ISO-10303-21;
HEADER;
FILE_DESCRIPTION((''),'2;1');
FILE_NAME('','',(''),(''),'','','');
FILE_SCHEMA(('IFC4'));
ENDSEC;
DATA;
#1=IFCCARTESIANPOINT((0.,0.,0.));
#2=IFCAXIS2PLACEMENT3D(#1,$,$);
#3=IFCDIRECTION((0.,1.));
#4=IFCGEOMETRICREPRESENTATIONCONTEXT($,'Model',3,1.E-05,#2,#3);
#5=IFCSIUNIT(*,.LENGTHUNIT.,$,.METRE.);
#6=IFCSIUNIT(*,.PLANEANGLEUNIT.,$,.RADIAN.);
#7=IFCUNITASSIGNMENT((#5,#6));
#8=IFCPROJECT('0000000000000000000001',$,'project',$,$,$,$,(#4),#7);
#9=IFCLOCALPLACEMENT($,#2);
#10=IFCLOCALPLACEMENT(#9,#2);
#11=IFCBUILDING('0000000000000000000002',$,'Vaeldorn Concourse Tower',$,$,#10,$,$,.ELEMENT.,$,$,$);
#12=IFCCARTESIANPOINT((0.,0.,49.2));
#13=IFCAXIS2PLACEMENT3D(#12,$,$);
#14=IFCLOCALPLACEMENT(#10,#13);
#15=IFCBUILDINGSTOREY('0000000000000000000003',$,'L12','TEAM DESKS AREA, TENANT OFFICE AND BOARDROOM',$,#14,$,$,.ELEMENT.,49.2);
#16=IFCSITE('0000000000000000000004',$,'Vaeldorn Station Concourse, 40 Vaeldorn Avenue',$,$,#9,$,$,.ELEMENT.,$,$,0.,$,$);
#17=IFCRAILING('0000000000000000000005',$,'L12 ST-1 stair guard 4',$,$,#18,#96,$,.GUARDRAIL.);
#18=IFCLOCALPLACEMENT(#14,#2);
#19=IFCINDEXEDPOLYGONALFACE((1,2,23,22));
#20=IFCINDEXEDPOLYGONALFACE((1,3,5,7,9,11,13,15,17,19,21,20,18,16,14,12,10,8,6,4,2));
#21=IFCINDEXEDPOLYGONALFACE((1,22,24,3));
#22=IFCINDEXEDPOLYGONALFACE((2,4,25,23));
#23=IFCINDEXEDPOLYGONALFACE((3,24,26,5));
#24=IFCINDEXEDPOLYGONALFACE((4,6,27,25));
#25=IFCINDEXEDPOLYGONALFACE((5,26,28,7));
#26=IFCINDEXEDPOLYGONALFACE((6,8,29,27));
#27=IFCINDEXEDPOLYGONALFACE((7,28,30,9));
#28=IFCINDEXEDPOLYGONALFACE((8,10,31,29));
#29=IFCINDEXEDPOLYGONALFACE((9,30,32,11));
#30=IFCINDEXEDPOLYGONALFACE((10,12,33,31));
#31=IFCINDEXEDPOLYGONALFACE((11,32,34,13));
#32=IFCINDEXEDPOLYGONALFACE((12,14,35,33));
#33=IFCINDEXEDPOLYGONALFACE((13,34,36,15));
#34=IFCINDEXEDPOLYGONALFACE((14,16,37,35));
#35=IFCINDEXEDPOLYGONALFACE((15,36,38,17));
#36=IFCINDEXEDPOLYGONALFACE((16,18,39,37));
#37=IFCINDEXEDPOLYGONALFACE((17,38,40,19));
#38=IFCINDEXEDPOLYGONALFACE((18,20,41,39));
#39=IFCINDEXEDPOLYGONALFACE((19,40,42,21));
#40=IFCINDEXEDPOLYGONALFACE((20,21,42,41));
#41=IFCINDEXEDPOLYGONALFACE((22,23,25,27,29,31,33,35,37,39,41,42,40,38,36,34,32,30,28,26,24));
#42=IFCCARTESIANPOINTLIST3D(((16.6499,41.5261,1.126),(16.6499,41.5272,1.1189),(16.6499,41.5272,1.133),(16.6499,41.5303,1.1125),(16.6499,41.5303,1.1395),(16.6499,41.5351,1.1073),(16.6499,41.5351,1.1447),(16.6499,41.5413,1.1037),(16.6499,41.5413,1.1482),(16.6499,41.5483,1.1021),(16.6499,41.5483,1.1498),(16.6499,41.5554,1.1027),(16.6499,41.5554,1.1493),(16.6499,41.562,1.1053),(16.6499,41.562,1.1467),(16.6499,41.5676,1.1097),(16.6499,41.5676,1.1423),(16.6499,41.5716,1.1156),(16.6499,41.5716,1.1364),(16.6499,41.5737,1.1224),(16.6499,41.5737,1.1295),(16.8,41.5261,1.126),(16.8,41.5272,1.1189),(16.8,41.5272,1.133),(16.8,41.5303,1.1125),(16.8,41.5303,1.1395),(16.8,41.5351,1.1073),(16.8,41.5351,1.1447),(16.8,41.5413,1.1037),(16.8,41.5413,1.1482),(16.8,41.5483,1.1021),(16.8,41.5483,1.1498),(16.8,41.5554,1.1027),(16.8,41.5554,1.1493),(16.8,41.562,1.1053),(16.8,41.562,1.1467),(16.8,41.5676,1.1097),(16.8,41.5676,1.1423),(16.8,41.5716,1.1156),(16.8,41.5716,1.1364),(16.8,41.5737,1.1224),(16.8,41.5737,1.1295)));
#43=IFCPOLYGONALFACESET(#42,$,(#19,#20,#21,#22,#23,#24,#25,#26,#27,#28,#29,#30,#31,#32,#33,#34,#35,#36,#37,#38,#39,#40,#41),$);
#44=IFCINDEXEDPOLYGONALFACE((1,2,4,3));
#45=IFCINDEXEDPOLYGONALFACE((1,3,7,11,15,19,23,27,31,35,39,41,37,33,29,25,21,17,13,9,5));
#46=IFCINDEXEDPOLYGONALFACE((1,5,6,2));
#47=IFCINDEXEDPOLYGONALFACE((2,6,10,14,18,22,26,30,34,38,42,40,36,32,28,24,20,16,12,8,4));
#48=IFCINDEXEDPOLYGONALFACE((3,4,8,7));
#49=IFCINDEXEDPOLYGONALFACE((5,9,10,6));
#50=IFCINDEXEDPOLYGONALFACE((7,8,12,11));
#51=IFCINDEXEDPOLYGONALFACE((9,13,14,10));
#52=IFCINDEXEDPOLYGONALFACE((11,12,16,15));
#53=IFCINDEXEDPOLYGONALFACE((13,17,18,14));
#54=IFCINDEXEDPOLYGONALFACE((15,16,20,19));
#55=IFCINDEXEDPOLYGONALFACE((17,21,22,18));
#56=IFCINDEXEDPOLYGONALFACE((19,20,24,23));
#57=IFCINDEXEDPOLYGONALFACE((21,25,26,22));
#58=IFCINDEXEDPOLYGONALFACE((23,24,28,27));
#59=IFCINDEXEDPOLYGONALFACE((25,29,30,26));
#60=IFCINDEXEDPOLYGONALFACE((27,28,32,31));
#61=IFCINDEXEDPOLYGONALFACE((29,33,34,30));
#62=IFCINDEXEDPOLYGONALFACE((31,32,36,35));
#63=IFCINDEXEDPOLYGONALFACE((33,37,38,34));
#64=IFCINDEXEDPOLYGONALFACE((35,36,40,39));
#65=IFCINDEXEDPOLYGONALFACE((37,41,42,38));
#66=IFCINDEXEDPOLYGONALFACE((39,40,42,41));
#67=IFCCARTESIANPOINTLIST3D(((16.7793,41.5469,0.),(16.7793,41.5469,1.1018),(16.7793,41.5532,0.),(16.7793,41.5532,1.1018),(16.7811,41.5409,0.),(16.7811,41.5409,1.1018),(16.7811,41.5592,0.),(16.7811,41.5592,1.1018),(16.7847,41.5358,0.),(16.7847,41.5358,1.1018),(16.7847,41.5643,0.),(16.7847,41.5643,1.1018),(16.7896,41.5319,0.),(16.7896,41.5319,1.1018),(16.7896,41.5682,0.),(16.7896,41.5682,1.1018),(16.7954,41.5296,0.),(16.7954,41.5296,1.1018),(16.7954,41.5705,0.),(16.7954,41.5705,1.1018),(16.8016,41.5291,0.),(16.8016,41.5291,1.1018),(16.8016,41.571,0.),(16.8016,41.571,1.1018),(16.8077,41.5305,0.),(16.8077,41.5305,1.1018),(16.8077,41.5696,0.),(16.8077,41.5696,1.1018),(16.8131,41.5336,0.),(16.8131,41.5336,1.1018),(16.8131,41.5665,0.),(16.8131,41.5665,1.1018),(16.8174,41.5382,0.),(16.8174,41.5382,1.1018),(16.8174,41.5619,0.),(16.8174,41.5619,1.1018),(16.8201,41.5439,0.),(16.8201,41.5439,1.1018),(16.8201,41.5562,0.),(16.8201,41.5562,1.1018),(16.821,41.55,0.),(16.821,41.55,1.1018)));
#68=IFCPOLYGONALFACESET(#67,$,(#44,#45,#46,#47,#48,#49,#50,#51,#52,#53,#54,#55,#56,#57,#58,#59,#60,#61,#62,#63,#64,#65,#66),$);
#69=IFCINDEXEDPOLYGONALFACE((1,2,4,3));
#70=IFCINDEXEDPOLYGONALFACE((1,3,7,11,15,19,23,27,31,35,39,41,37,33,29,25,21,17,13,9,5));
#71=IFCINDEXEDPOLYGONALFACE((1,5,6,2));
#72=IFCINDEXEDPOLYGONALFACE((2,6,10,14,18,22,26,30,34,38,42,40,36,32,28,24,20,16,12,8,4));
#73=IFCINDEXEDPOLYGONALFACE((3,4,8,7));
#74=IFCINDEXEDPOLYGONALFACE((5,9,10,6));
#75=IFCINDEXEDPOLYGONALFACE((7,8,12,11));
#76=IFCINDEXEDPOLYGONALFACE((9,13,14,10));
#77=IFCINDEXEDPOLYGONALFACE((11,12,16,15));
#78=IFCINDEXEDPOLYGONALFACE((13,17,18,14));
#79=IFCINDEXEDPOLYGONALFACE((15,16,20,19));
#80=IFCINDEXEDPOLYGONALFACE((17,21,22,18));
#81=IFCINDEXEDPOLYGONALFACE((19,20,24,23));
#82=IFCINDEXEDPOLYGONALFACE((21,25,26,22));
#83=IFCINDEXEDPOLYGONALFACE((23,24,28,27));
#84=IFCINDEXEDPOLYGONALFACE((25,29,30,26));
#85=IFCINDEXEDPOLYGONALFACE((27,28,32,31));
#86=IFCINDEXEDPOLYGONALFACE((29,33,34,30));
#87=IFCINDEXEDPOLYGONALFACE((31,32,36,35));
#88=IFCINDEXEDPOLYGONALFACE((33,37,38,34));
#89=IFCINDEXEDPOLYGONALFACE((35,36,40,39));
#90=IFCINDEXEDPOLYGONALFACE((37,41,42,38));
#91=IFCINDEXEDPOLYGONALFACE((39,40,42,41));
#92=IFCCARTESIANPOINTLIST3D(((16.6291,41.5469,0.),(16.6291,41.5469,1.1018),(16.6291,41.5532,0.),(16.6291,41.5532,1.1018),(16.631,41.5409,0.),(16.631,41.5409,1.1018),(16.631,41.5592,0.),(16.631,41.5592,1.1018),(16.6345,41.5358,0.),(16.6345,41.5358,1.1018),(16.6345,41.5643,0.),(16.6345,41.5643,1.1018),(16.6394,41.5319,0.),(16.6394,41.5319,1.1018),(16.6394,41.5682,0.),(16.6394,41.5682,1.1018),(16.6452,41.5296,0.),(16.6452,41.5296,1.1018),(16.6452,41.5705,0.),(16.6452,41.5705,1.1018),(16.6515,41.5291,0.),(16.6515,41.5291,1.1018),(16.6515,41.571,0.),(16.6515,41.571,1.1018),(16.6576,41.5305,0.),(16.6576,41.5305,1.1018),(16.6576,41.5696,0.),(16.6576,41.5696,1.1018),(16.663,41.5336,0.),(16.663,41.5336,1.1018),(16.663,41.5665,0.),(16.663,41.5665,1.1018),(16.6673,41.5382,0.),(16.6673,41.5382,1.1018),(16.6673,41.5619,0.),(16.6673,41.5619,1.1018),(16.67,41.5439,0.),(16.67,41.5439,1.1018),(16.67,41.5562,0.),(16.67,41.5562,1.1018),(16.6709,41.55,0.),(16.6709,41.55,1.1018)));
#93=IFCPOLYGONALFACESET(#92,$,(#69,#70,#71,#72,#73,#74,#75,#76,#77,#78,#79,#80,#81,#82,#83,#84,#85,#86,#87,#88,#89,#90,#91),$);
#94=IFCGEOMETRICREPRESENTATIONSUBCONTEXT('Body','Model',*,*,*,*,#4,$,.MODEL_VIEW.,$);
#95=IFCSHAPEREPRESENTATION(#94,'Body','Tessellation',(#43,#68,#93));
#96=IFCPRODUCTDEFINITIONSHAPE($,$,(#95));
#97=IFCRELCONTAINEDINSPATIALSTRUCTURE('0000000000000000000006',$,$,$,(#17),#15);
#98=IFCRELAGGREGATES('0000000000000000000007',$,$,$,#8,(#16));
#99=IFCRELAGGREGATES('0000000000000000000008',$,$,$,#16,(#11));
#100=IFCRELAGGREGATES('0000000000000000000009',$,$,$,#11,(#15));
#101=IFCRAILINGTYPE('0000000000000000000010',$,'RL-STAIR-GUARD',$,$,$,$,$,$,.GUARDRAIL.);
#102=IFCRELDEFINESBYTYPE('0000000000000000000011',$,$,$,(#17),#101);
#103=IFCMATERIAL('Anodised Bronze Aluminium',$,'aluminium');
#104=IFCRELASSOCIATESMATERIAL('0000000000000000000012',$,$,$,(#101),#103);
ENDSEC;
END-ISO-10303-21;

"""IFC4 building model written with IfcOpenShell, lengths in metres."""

from ifc_helpers import new_model, si_unit, direction, frame, origin, origin_2d, place, context, subcontext, project, spatial, circle, extrude, material, type_object, element, save


model = new_model("IFC4")

# Units and contexts
model_context = context("Model", 3, precision=1e-05, world=origin(), true_north=direction((0.0, 1.0)))
body_context = subcontext(model_context, "Body", "Model", "MODEL_VIEW")
ifc_project = project(units=[si_unit("LENGTHUNIT", "METRE"), si_unit("PLANEANGLEUNIT", "RADIAN")], contexts=[model_context])

# Site, building, storey
site_placement = place(None, origin())
site = spatial("IfcSite", under=ifc_project, at=site_placement, Name="Vaeldorn Station Concourse, 40 Vaeldorn Avenue", CompositionType="ELEMENT", RefElevation=0.0)
building_placement = place(site_placement, origin())
building = spatial("IfcBuilding", under=site, at=building_placement, Name="Vaeldorn Concourse Tower", CompositionType="ELEMENT")
storey_placement = place(building_placement, frame((0.0, 0.0, 49.2)))
storey = spatial("IfcBuildingStorey", under=building, at=storey_placement, Name="L12", Description="TEAM DESKS AREA, TENANT OFFICE AND BOARDROOM", CompositionType="ELEMENT", Elevation=49.2)

# Shared definitions
ifc_material_1 = material(Name="Anodised Bronze Aluminium", Category="aluminium")

# Railing
railing_type_1 = type_object("IfcRailingType", Name="RL-STAIR-GUARD", PredefinedType="GUARDRAIL", material=ifc_material_1)
railing_1_placement = place(storey_placement, frame((16.8, 41.55, 0.0)))
element("IfcRailing", 1, at=railing_1_placement, inside=storey, type_object=railing_type_1, Name="L12 ST-1 stair guard 4", PredefinedType="GUARDRAIL", context=body_context, shape_type="SweptSolid", body=[
    extrude(circle(Radius=0.0239, at=origin_2d()), frame((0.0, 0.0, 1.126), z_axis=(-1.0, 0.0, 0.0), x_axis=(0.0, -1.0, 0.0)), (0.0, 0.0, 1.0), 0.1501),
    extrude(circle(Radius=0.021, at=origin_2d()), origin(), (0.0, 0.0, 1.0), 1.1018),
    extrude(circle(Radius=0.021, at=origin_2d()), frame((-0.1501, 0.0, 0.0)), (0.0, 0.0, 1.0), 1.1018),
])

save(model, "model.ifc")
